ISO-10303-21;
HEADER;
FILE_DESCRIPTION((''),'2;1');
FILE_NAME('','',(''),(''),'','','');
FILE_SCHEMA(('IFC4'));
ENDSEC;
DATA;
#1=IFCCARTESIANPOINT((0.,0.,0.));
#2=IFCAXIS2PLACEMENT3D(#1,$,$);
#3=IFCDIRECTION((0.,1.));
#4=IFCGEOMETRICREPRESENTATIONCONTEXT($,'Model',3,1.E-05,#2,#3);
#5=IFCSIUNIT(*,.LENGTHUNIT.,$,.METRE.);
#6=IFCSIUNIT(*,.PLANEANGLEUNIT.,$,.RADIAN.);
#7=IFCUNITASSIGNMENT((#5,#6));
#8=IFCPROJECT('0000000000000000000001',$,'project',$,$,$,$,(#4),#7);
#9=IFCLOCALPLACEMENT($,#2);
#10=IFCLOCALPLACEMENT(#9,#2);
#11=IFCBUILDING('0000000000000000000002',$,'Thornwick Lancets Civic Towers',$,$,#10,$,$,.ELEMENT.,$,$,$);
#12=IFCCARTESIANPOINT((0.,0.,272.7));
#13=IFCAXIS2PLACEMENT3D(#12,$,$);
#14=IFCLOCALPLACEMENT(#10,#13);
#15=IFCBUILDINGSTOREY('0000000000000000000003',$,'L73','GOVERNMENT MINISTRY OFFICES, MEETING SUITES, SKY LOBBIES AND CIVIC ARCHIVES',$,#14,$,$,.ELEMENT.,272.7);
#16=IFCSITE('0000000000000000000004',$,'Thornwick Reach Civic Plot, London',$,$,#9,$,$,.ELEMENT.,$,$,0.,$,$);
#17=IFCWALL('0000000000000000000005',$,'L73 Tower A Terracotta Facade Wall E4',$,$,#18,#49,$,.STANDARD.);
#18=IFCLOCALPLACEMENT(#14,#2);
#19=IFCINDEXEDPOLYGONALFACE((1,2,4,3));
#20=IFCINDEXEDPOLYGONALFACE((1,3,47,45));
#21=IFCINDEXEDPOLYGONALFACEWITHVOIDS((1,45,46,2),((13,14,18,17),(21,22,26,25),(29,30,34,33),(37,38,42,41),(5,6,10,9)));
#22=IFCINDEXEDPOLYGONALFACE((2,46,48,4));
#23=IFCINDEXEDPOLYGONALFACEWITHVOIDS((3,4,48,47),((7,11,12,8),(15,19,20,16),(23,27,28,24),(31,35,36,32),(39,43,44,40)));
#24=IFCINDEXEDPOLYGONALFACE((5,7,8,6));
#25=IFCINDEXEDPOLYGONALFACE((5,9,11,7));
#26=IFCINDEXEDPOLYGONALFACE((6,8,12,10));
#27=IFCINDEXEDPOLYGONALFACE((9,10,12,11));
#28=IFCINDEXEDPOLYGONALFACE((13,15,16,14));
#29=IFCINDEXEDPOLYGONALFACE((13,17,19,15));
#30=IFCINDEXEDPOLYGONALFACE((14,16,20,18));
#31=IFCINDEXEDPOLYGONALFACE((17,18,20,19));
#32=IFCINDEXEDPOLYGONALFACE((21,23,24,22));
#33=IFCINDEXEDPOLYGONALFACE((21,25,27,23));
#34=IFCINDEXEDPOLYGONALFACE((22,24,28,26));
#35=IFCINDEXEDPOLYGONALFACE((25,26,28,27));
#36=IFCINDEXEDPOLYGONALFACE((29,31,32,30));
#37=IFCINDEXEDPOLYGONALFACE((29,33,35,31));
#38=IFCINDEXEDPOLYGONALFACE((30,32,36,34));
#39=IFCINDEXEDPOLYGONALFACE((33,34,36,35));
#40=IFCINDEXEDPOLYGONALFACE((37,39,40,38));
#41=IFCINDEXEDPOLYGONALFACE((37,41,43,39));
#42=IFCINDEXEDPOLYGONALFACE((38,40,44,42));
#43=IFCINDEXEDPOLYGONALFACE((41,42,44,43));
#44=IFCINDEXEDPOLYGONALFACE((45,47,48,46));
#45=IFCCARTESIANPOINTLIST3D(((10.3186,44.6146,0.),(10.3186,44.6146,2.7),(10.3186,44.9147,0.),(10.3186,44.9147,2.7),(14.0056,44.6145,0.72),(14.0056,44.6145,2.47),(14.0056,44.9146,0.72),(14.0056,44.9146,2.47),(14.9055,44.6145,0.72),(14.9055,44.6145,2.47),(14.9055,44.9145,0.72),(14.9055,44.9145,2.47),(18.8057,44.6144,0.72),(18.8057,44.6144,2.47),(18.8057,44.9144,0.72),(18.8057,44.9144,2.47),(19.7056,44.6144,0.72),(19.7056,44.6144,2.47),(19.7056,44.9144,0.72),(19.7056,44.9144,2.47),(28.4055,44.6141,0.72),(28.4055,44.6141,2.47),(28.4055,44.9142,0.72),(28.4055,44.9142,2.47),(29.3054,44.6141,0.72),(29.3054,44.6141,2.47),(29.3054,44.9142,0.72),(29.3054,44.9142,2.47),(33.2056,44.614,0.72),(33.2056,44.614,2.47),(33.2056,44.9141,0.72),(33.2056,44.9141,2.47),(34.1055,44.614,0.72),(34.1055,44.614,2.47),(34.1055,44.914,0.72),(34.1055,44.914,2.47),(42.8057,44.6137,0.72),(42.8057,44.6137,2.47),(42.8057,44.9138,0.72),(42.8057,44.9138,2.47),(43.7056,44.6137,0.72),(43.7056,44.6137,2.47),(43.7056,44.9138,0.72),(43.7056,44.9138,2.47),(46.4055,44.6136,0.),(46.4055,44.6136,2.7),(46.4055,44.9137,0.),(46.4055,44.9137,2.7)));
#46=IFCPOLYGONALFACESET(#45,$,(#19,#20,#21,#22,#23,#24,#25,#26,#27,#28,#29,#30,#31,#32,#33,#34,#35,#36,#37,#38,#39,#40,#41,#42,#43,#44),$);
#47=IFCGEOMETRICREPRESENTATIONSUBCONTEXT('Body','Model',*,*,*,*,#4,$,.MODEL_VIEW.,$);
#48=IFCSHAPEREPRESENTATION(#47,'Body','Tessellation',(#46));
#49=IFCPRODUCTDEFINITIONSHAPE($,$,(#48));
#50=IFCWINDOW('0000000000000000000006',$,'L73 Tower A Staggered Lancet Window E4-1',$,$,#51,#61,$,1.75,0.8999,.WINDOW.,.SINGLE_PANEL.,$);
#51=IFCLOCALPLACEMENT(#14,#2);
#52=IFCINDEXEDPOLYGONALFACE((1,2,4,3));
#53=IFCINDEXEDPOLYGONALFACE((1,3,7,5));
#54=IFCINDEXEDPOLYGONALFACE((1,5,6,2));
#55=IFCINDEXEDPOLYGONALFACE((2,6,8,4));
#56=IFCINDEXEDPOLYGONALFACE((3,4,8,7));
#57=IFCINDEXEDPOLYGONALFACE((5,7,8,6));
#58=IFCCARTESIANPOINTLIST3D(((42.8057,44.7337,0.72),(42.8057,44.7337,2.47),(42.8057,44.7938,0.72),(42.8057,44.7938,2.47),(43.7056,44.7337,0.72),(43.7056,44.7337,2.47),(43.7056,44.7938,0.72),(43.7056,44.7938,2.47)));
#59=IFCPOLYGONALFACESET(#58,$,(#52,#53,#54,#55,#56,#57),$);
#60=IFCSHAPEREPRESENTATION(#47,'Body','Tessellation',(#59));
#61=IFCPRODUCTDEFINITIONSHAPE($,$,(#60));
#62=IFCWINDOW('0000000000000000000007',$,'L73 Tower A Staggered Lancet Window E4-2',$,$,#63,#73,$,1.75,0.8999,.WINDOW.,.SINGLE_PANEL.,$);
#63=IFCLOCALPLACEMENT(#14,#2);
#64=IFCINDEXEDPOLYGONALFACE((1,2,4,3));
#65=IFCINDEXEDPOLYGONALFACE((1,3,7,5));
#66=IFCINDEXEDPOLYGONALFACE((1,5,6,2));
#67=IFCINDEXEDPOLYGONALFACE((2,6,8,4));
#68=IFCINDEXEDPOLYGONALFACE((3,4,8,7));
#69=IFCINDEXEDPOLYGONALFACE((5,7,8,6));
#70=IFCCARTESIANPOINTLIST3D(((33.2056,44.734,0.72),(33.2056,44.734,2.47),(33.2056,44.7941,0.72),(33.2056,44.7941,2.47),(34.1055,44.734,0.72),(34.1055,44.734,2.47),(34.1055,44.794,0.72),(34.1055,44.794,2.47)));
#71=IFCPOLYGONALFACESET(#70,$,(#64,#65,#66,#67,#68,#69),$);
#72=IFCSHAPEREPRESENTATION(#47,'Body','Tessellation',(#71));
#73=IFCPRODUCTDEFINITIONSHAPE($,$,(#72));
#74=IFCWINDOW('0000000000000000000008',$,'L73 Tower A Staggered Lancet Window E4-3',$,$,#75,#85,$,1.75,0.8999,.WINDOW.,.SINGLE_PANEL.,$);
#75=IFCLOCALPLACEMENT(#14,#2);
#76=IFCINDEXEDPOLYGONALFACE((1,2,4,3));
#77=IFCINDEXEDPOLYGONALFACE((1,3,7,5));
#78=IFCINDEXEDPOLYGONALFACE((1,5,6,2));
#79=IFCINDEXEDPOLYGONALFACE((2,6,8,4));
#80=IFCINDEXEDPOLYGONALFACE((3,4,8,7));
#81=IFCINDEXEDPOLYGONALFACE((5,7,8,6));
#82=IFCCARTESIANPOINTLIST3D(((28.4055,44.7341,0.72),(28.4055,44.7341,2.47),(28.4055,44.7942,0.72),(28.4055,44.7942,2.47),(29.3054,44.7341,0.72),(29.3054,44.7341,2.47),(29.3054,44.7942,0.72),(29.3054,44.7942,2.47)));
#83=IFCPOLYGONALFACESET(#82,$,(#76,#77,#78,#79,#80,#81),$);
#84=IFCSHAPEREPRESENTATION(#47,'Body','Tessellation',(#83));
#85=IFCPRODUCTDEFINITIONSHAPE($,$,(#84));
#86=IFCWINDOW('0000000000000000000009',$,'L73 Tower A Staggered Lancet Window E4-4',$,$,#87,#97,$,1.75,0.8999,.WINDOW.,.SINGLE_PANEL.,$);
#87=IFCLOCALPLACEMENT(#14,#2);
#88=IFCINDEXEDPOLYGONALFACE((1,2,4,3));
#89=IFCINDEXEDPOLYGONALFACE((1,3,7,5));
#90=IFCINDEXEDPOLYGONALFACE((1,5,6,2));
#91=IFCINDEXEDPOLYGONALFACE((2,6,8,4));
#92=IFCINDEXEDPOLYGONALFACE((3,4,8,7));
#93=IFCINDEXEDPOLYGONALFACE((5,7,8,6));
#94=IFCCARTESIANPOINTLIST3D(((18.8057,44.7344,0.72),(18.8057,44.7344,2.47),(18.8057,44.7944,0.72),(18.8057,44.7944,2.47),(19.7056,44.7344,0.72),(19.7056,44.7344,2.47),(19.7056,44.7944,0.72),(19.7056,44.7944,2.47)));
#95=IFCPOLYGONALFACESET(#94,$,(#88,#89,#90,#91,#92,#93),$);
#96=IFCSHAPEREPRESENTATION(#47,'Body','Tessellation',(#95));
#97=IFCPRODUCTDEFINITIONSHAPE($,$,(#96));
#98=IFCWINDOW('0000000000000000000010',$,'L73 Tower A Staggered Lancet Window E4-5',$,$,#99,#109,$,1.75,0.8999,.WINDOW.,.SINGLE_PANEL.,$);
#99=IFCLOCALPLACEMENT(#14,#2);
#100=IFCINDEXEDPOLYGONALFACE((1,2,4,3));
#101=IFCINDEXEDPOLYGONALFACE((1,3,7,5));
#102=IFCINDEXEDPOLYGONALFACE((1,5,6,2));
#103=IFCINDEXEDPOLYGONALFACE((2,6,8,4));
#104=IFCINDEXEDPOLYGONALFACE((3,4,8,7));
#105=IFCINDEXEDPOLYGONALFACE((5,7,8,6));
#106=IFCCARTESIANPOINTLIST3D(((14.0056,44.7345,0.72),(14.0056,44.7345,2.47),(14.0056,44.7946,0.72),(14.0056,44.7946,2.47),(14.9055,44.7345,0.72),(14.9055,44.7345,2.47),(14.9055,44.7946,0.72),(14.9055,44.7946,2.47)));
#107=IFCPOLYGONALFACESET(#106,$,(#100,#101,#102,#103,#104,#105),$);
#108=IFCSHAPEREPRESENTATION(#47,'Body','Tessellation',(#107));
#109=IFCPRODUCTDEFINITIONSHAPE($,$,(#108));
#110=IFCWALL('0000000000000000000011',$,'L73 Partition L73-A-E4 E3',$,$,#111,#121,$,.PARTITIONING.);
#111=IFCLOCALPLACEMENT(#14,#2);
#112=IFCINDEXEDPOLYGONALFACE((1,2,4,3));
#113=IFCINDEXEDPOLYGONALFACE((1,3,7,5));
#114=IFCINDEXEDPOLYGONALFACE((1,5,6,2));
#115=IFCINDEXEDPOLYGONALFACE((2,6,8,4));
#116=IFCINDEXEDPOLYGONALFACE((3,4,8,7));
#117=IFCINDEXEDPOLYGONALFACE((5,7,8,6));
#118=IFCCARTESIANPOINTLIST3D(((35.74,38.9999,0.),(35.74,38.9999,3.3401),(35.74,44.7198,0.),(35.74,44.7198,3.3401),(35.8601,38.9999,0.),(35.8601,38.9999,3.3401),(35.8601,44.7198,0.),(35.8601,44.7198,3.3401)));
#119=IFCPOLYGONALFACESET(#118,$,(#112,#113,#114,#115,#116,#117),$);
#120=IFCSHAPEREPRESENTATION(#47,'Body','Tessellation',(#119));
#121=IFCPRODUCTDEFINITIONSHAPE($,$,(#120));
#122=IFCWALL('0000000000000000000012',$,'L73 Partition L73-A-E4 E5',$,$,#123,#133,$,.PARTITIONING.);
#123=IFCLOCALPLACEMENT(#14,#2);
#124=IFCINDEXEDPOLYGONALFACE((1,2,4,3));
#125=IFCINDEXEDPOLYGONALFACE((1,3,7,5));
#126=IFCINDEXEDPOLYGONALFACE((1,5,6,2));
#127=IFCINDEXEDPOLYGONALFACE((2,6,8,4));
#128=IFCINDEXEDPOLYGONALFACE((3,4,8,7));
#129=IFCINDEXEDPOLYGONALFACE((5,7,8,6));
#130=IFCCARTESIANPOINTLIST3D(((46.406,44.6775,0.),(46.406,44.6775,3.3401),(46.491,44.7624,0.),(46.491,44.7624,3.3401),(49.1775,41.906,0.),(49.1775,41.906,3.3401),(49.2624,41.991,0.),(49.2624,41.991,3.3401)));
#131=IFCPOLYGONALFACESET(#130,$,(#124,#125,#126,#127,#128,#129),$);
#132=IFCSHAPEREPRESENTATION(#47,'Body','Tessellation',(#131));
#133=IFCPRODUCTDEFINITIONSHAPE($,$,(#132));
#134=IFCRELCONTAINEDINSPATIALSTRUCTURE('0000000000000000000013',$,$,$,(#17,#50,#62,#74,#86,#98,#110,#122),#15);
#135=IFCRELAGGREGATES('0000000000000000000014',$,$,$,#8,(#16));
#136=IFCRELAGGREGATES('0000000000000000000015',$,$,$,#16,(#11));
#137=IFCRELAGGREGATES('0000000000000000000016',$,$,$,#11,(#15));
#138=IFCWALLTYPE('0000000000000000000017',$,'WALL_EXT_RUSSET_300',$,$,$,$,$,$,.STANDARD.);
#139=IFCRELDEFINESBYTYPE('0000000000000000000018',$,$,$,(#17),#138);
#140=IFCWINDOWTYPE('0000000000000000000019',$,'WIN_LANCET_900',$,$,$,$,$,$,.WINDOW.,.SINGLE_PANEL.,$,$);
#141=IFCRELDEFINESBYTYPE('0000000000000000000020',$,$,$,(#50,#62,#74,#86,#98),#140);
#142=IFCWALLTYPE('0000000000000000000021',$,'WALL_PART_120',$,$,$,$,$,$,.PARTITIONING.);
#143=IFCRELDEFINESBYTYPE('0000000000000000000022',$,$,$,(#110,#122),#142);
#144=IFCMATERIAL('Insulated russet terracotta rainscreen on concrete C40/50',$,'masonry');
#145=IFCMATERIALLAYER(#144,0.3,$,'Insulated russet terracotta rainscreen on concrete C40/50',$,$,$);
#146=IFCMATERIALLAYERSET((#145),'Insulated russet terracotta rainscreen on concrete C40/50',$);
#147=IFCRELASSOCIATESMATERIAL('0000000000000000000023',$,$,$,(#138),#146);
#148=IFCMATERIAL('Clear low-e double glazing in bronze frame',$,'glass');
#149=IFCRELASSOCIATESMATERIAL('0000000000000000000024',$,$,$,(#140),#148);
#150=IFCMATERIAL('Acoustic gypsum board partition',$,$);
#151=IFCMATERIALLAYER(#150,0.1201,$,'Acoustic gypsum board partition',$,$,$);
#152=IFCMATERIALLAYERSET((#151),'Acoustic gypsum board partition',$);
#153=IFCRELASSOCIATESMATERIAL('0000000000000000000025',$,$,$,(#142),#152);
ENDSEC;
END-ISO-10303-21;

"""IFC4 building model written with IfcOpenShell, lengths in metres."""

from ifc_helpers import new_model, si_unit, direction, frame, frame_2d, origin, place, context, subcontext, project, spatial, rectangle, extrude, material, layer, layer_set, type_object, element, fill, save


model = new_model("IFC4")

# Units and contexts
model_context = context("Model", 3, precision=1e-05, world=origin(), true_north=direction((0.0, 1.0)))
body_context = subcontext(model_context, "Body", "Model", "MODEL_VIEW")
ifc_project = project(units=[si_unit("LENGTHUNIT", "METRE"), si_unit("PLANEANGLEUNIT", "RADIAN")], contexts=[model_context])

# Site, building, storey
site_placement = place(None, origin())
site = spatial("IfcSite", under=ifc_project, at=site_placement, Name="Thornwick Reach Civic Plot, London", CompositionType="ELEMENT", RefElevation=0.0)
building_placement = place(site_placement, origin())
building = spatial("IfcBuilding", under=site, at=building_placement, Name="Thornwick Lancets Civic Towers", CompositionType="ELEMENT")
storey_placement = place(building_placement, frame((0.0, 0.0, 272.7)))
storey = spatial("IfcBuildingStorey", under=building, at=storey_placement, Name="L73", Description="GOVERNMENT MINISTRY OFFICES, MEETING SUITES, SKY LOBBIES AND CIVIC ARCHIVES", CompositionType="ELEMENT", Elevation=272.7)

# Wall, openings, windows
ifc_material_1 = material(Name="Insulated russet terracotta rainscreen on concrete C40/50", Category="masonry")
ifc_layer_1 = layer(ifc_material_1, 0.3, Name="Insulated russet terracotta rainscreen on concrete C40/50")
ifc_layer_set_1 = layer_set([ifc_layer_1], Name="Insulated russet terracotta rainscreen on concrete C40/50")
wall_type_1 = type_object("IfcWallType", Name="WALL_EXT_RUSSET_300", PredefinedType="STANDARD", material=ifc_layer_set_1)
wall_1_placement = place(storey_placement, frame((46.4055, 44.7637, 0.0), z_axis=(0.0, 0.0, 1.0), x_axis=(-1.0, 0.000027, 0.0)))
wall_1 = element("IfcWall", 1, at=wall_1_placement, inside=storey, type_object=wall_type_1, Name="L73 Tower A Terracotta Facade Wall E4", PredefinedType="STANDARD", context=body_context, shape_type="SweptSolid", body=[
    extrude(rectangle(XDim=36.0869, YDim=0.3, at=frame_2d((18.0435, 0.0))), origin(), (0.0, 0.0, 1.0), 2.7),
])
opening_1_placement = place(wall_1_placement, frame((2.7, 0.0, 0.72)))
opening_1 = element("IfcOpeningElement", 2, at=opening_1_placement, cuts=wall_1, PredefinedType="OPENING", context=body_context, shape_type="SweptSolid", body=[
    extrude(rectangle(XDim=0.8999, YDim=1.75, at=frame_2d((0.45, 0.875))), frame((0.0, 0.1602, 0.0), z_axis=(0.0, -1.0, 0.0), x_axis=(1.0, 0.0, 0.0)), (0.0, 0.0, 1.0), 0.3201),
])
opening_2_placement = place(wall_1_placement, frame((12.3, 0.0, 0.72)))
opening_2 = element("IfcOpeningElement", 3, at=opening_2_placement, cuts=wall_1, PredefinedType="OPENING", context=body_context, shape_type="SweptSolid", body=[
    extrude(rectangle(XDim=0.8999, YDim=1.75, at=frame_2d((0.45, 0.875))), frame((0.0, 0.1602, 0.0), z_axis=(0.0, -1.0, 0.0), x_axis=(1.0, 0.0, 0.0)), (0.0, 0.0, 1.0), 0.3201),
])
opening_3_placement = place(wall_1_placement, frame((17.1001, 0.0, 0.72)))
opening_3 = element("IfcOpeningElement", 4, at=opening_3_placement, cuts=wall_1, PredefinedType="OPENING", context=body_context, shape_type="SweptSolid", body=[
    extrude(rectangle(XDim=0.8999, YDim=1.75, at=frame_2d((0.45, 0.875))), frame((0.0, 0.1602, 0.0), z_axis=(0.0, -1.0, 0.0), x_axis=(1.0, 0.0, 0.0)), (0.0, 0.0, 1.0), 0.3201),
])
opening_4_placement = place(wall_1_placement, frame((26.7, 0.0, 0.72)))
opening_4 = element("IfcOpeningElement", 5, at=opening_4_placement, cuts=wall_1, PredefinedType="OPENING", context=body_context, shape_type="SweptSolid", body=[
    extrude(rectangle(XDim=0.8999, YDim=1.75, at=frame_2d((0.45, 0.875))), frame((0.0, 0.1602, 0.0), z_axis=(0.0, -1.0, 0.0), x_axis=(1.0, 0.0, 0.0)), (0.0, 0.0, 1.0), 0.3201),
])
opening_5_placement = place(wall_1_placement, frame((31.5, 0.0, 0.72)))
opening_5 = element("IfcOpeningElement", 6, at=opening_5_placement, cuts=wall_1, PredefinedType="OPENING", context=body_context, shape_type="SweptSolid", body=[
    extrude(rectangle(XDim=0.8999, YDim=1.75, at=frame_2d((0.45, 0.875))), frame((0.0, 0.1602, 0.0), z_axis=(0.0, -1.0, 0.0), x_axis=(1.0, 0.0, 0.0)), (0.0, 0.0, 1.0), 0.3201),
])
ifc_material_2 = material(Name="Clear low-e double glazing in bronze frame", Category="glass")
window_type = type_object("IfcWindowType", Name="WIN_LANCET_900", PartitioningType="SINGLE_PANEL", PredefinedType="WINDOW", material=ifc_material_2)
window_1_placement = place(opening_1_placement, origin())
window_1 = element("IfcWindow", 7, at=window_1_placement, inside=storey, type_object=window_type, Name="L73 Tower A Staggered Lancet Window E4-1", OverallHeight=1.75, OverallWidth=0.8999, PartitioningType="SINGLE_PANEL", PredefinedType="WINDOW", context=body_context, shape_type="SweptSolid", body=[
    extrude(rectangle(XDim=0.8999, YDim=1.75, at=frame_2d((0.45, 0.875))), frame((0.0, 0.03, 0.0), z_axis=(0.0, -1.0, 0.0), x_axis=(1.0, 0.0, 0.0)), (0.0, 0.0, 1.0), 0.0601),
])
fill(opening_1, window_1)
window_2_placement = place(opening_2_placement, origin())
window_2 = element("IfcWindow", 8, at=window_2_placement, inside=storey, type_object=window_type, Name="L73 Tower A Staggered Lancet Window E4-2", OverallHeight=1.75, OverallWidth=0.8999, PartitioningType="SINGLE_PANEL", PredefinedType="WINDOW", context=body_context, shape_type="SweptSolid", body=[
    extrude(rectangle(XDim=0.8999, YDim=1.75, at=frame_2d((0.45, 0.875))), frame((0.0, 0.03, 0.0), z_axis=(0.0, -1.0, 0.0), x_axis=(1.0, 0.0, 0.0)), (0.0, 0.0, 1.0), 0.0601),
])
fill(opening_2, window_2)
window_3_placement = place(opening_3_placement, origin())
window_3 = element("IfcWindow", 9, at=window_3_placement, inside=storey, type_object=window_type, Name="L73 Tower A Staggered Lancet Window E4-3", OverallHeight=1.75, OverallWidth=0.8999, PartitioningType="SINGLE_PANEL", PredefinedType="WINDOW", context=body_context, shape_type="SweptSolid", body=[
    extrude(rectangle(XDim=0.8999, YDim=1.75, at=frame_2d((0.45, 0.875))), frame((0.0, 0.03, 0.0), z_axis=(0.0, -1.0, 0.0), x_axis=(1.0, 0.0, 0.0)), (0.0, 0.0, 1.0), 0.0601),
])
fill(opening_3, window_3)
window_4_placement = place(opening_4_placement, origin())
window_4 = element("IfcWindow", 10, at=window_4_placement, inside=storey, type_object=window_type, Name="L73 Tower A Staggered Lancet Window E4-4", OverallHeight=1.75, OverallWidth=0.8999, PartitioningType="SINGLE_PANEL", PredefinedType="WINDOW", context=body_context, shape_type="SweptSolid", body=[
    extrude(rectangle(XDim=0.8999, YDim=1.75, at=frame_2d((0.45, 0.875))), frame((0.0, 0.03, 0.0), z_axis=(0.0, -1.0, 0.0), x_axis=(1.0, 0.0, 0.0)), (0.0, 0.0, 1.0), 0.0601),
])
fill(opening_4, window_4)
window_5_placement = place(opening_5_placement, origin())
window_5 = element("IfcWindow", 11, at=window_5_placement, inside=storey, type_object=window_type, Name="L73 Tower A Staggered Lancet Window E4-5", OverallHeight=1.75, OverallWidth=0.8999, PartitioningType="SINGLE_PANEL", PredefinedType="WINDOW", context=body_context, shape_type="SweptSolid", body=[
    extrude(rectangle(XDim=0.8999, YDim=1.75, at=frame_2d((0.45, 0.875))), frame((0.0, 0.03, 0.0), z_axis=(0.0, -1.0, 0.0), x_axis=(1.0, 0.0, 0.0)), (0.0, 0.0, 1.0), 0.0601),
])
fill(opening_5, window_5)

# Walls
ifc_material_3 = material(Name="Acoustic gypsum board partition")
ifc_layer_2 = layer(ifc_material_3, 0.1201, Name="Acoustic gypsum board partition")
ifc_layer_set_2 = layer_set([ifc_layer_2], Name="Acoustic gypsum board partition")
wall_type_2 = type_object("IfcWallType", Name="WALL_PART_120", PredefinedType="PARTITIONING", material=ifc_layer_set_2)
wall_2_placement = place(storey_placement, frame((35.8, 39.0, 0.0), z_axis=(0.0, 0.0, 1.0), x_axis=(0.0, 1.0, 0.0)))
element("IfcWall", 12, at=wall_2_placement, inside=storey, type_object=wall_type_2, Name="L73 Partition L73-A-E4 E3", PredefinedType="PARTITIONING", context=body_context, shape_type="SweptSolid", body=[
    extrude(rectangle(XDim=5.72, YDim=0.1201, at=frame_2d((2.8599, 0.0))), origin(), (0.0, 0.0, 1.0), 3.3401),
])
wall_3_placement = place(storey_placement, frame((46.4485, 44.72, 0.0), z_axis=(0.0, 0.0, 1.0), x_axis=(0.707107, -0.707107, 0.0)))
element("IfcWall", 13, at=wall_3_placement, inside=storey, type_object=wall_type_2, Name="L73 Partition L73-A-E4 E5", PredefinedType="PARTITIONING", context=body_context, shape_type="SweptSolid", body=[
    extrude(rectangle(XDim=3.9194, YDim=0.1201, at=frame_2d((1.9597, 0.0))), origin(), (0.0, 0.0, 1.0), 3.3401),
])

save(model, "model.ifc")
